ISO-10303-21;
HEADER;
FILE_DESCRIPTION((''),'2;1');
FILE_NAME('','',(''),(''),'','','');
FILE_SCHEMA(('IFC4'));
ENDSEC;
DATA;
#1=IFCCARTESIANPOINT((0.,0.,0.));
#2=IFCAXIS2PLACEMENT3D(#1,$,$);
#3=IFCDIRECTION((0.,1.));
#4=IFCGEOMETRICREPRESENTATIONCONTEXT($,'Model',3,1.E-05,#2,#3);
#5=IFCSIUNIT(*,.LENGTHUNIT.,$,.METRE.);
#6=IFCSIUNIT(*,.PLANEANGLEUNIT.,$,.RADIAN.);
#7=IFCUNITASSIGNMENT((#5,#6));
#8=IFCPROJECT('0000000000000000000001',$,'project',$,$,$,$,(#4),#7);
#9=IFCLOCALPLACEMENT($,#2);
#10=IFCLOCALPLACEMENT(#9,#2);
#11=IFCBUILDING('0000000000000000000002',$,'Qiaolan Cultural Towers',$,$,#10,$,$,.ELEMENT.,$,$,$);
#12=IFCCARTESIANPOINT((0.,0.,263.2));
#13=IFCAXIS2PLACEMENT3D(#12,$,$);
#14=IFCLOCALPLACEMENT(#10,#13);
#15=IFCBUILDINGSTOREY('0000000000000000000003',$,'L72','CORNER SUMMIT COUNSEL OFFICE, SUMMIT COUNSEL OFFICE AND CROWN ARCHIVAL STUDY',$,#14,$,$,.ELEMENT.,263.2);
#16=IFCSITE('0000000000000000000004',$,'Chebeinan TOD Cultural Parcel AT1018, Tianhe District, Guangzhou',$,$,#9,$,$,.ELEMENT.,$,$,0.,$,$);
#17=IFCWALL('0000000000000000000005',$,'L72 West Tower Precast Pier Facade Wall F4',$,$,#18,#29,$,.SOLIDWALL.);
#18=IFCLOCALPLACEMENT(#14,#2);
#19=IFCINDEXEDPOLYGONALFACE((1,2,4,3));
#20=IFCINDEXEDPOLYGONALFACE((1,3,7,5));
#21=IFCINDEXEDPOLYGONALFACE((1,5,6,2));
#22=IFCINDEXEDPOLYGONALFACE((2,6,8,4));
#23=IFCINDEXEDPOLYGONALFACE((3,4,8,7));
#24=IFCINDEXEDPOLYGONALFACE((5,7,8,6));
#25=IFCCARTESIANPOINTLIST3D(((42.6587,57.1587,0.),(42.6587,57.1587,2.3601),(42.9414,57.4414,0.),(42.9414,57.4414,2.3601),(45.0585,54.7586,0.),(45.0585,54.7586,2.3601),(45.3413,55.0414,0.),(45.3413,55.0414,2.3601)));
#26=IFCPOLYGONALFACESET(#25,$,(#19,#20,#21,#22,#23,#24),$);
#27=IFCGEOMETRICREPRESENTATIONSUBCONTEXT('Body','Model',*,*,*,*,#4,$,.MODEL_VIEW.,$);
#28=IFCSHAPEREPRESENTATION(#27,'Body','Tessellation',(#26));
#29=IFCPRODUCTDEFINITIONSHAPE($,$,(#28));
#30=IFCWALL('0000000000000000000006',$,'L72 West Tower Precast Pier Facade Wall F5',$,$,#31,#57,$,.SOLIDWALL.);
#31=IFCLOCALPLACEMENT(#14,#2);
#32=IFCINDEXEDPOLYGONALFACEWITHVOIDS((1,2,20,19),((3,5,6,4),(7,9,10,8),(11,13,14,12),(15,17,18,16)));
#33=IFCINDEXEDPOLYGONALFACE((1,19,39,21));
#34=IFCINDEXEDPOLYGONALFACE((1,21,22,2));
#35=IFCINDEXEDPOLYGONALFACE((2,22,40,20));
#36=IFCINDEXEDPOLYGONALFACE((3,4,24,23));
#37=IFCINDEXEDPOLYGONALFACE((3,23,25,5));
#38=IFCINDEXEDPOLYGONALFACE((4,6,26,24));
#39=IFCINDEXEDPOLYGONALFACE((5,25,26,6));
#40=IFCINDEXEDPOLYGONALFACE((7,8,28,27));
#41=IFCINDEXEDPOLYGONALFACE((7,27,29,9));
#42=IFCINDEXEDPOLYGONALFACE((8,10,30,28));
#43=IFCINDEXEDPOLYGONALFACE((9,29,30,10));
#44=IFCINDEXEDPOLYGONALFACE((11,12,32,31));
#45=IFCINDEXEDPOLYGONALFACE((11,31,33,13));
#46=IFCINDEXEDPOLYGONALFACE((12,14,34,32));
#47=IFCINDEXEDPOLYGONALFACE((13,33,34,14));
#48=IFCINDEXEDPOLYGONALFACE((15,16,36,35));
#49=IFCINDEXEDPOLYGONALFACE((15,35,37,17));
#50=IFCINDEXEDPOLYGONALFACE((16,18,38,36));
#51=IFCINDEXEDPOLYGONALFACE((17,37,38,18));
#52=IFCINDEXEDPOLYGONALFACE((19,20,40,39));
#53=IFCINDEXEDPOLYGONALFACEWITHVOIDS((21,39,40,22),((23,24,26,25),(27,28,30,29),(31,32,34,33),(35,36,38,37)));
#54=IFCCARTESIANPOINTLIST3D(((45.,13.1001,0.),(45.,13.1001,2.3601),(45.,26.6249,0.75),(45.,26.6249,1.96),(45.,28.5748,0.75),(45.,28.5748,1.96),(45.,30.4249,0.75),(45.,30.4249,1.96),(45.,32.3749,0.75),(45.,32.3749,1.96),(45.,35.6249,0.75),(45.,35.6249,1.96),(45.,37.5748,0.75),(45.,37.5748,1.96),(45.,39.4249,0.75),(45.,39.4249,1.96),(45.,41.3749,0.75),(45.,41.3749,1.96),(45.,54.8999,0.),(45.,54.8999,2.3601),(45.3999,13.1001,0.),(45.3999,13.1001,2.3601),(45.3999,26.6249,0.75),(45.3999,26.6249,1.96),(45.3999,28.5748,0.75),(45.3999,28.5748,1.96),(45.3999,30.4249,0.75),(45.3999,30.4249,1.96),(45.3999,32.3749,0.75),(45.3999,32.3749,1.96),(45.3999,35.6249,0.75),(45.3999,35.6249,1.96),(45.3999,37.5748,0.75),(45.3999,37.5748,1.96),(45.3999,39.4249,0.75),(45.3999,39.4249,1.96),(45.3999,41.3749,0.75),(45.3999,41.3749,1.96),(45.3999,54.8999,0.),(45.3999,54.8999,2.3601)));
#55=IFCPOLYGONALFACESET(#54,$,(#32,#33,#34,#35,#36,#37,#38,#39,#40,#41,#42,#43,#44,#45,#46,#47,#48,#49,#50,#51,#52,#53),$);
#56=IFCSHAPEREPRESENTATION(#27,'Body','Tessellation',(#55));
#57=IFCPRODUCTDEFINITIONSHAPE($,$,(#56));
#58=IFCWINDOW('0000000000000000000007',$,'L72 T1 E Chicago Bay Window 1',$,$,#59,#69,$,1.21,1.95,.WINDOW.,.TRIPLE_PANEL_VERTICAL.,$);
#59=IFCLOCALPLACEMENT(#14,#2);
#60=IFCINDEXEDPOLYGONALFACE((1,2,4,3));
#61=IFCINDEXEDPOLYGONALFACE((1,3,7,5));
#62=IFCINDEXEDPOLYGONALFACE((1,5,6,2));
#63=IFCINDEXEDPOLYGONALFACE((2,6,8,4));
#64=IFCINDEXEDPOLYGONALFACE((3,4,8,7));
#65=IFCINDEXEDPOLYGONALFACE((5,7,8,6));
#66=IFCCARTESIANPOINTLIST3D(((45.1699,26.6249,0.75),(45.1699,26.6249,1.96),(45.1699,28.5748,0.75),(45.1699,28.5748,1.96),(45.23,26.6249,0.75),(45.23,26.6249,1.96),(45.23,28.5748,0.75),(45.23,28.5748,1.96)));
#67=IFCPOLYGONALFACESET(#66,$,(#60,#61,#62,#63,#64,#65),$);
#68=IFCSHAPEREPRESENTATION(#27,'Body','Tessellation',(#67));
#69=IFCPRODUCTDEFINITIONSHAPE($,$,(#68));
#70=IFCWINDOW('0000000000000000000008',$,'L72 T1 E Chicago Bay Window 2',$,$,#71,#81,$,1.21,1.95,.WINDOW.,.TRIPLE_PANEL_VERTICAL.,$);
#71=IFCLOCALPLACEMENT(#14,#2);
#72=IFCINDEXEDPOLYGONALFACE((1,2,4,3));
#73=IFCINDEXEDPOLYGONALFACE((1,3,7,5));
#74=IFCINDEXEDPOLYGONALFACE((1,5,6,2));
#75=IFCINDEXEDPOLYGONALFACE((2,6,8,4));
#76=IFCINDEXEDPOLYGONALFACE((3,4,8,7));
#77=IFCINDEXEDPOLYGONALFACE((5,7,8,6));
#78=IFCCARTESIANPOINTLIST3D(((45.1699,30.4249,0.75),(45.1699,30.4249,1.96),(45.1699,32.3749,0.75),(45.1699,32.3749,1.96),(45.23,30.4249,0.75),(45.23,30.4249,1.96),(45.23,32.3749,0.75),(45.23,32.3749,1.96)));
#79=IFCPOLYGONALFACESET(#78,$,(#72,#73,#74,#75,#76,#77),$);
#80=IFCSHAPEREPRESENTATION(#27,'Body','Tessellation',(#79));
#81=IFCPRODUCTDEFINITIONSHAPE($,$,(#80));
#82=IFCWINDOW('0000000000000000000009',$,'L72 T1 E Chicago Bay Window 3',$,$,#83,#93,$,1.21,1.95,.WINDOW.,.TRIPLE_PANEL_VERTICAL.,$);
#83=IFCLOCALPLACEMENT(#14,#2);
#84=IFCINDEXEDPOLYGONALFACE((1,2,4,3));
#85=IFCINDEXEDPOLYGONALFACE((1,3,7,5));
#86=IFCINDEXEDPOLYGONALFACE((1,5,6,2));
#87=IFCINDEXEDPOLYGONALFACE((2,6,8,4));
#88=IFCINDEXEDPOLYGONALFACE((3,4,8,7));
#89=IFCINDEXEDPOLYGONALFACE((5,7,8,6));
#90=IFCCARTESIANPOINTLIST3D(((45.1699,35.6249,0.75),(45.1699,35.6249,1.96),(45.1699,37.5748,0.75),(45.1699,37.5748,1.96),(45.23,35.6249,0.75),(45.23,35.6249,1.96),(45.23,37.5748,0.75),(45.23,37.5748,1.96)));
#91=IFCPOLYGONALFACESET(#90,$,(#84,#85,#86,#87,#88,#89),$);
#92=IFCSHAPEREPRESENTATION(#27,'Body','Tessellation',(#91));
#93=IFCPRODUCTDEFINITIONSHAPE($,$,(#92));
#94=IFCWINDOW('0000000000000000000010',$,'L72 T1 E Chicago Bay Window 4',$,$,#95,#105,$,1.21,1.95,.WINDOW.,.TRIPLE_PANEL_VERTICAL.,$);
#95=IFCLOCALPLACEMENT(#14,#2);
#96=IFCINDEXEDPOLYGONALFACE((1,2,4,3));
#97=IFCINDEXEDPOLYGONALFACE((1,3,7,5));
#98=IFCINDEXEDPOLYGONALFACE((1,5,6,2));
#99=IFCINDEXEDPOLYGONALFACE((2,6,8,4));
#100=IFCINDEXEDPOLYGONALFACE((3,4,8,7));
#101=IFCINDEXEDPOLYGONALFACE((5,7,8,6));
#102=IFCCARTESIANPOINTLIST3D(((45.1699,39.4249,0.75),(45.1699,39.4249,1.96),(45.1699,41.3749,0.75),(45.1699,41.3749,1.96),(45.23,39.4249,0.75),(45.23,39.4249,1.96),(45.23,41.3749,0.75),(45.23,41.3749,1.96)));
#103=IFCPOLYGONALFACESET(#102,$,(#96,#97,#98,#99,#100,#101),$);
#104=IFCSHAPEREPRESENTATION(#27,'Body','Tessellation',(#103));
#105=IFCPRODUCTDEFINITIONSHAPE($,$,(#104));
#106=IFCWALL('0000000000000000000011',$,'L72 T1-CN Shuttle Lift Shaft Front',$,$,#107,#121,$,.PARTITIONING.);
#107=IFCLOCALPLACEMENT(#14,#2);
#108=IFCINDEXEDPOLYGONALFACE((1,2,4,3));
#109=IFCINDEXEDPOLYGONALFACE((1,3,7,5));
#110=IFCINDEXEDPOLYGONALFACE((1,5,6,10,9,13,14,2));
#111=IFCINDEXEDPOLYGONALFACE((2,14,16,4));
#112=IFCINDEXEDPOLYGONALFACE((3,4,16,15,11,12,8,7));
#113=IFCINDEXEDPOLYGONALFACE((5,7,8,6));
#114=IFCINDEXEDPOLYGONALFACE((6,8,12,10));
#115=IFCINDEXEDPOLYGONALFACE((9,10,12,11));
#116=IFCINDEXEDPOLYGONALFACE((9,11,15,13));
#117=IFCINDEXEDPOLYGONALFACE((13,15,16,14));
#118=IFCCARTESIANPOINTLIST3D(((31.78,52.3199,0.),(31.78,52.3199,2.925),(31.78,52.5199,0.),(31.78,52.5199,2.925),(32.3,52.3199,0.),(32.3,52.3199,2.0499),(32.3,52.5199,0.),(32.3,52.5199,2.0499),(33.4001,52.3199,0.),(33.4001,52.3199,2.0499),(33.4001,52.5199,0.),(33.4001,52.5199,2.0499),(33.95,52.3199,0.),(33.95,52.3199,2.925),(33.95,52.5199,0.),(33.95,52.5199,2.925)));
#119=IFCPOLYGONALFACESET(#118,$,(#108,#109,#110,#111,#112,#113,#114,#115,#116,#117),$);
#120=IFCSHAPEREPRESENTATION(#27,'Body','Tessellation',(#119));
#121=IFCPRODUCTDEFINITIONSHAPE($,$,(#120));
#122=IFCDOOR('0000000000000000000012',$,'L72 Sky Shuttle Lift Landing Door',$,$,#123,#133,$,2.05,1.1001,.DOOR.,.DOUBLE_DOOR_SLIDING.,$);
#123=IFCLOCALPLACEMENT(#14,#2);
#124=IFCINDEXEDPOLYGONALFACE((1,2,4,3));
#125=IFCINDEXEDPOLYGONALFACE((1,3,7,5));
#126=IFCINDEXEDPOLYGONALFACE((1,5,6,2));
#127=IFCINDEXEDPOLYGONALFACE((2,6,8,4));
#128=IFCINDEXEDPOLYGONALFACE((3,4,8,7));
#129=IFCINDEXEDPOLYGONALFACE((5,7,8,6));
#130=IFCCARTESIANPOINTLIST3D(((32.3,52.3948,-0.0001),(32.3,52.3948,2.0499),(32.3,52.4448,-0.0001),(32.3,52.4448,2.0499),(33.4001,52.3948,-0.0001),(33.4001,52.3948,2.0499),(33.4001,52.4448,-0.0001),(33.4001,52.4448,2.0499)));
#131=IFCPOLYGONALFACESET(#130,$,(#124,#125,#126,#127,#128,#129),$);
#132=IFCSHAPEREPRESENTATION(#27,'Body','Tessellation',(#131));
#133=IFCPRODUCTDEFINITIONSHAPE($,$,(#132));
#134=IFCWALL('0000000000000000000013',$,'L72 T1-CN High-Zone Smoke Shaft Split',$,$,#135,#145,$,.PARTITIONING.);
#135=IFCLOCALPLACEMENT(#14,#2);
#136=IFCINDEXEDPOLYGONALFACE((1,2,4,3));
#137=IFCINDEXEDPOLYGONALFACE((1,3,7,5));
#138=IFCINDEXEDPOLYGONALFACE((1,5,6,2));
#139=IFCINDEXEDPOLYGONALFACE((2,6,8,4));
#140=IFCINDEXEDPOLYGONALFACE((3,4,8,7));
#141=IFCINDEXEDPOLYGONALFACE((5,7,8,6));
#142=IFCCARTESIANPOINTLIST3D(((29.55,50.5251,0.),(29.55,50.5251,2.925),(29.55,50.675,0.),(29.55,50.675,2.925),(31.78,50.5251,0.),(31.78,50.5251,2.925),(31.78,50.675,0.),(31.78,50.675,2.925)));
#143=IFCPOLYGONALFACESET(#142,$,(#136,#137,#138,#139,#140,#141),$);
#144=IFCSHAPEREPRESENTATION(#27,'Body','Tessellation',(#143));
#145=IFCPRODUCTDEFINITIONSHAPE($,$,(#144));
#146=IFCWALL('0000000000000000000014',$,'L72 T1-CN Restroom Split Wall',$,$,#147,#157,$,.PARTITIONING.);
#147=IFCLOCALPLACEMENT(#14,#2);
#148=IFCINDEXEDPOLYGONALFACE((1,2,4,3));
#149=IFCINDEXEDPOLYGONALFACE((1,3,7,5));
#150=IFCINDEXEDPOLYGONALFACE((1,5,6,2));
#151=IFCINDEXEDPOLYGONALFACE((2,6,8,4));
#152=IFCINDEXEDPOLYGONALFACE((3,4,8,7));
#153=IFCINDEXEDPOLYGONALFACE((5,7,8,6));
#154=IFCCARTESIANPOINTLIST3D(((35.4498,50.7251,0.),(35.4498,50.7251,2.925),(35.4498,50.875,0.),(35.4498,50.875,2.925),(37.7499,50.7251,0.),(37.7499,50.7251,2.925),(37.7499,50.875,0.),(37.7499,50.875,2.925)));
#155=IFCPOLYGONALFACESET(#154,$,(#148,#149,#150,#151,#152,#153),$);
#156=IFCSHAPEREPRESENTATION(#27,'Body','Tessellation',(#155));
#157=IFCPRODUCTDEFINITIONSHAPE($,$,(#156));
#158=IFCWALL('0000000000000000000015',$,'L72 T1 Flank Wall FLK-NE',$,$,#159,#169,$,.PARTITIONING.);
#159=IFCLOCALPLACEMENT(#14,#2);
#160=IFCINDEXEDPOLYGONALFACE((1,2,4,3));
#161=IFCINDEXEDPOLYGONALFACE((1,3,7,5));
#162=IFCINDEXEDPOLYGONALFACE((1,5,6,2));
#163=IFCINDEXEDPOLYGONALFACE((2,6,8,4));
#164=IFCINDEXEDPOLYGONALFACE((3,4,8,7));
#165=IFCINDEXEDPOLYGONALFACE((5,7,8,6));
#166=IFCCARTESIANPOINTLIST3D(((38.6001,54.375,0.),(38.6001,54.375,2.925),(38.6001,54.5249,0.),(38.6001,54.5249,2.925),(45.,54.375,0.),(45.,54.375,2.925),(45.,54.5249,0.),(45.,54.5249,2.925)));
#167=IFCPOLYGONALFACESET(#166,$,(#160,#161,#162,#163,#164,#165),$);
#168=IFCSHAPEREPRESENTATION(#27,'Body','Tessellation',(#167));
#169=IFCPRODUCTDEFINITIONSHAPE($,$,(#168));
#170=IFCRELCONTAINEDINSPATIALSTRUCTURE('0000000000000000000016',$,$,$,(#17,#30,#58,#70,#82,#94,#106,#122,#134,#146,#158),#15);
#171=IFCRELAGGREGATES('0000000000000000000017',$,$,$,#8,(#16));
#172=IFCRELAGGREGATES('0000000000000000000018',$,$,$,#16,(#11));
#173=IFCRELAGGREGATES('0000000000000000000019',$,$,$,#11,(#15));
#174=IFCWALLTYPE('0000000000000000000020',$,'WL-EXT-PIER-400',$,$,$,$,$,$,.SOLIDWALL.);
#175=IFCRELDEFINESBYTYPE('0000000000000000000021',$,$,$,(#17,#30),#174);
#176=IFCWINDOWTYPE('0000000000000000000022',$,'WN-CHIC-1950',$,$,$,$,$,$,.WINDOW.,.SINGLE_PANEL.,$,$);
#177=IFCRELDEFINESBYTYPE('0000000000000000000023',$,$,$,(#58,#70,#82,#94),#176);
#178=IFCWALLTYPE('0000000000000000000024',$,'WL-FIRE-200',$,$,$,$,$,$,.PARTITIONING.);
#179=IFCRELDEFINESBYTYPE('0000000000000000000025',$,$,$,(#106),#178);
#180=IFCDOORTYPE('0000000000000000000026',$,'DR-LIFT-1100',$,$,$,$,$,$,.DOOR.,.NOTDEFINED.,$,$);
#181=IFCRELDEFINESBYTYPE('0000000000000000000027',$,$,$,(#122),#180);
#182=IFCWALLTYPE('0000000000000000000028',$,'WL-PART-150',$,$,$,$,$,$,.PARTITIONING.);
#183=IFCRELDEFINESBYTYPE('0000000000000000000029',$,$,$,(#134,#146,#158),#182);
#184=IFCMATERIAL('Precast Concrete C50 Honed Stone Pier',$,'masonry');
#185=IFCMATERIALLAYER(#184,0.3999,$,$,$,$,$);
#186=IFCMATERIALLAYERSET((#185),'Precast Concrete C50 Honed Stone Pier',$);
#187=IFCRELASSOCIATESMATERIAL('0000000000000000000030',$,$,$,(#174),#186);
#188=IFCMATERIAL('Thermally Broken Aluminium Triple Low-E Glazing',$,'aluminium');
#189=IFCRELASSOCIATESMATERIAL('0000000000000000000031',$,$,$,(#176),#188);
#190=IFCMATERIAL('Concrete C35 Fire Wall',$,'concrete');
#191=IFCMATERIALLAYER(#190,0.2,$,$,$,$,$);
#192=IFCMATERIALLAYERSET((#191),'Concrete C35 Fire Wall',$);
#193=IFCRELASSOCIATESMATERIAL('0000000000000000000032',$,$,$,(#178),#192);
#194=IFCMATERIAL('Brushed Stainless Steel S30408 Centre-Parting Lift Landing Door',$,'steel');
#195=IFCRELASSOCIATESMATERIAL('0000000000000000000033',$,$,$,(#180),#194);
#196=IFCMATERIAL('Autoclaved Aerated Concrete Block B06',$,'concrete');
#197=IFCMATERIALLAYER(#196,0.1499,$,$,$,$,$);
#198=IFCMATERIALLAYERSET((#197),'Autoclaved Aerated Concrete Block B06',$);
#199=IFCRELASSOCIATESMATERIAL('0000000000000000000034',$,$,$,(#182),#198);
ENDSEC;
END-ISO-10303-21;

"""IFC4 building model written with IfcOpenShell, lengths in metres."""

from ifc_helpers import new_model, si_unit, direction, frame, frame_2d, origin, place, context, subcontext, project, spatial, rectangle, extrude, material, layer, layer_set, type_object, element, fill, save


model = new_model("IFC4")

# Units and contexts
model_context = context("Model", 3, precision=1e-05, world=origin(), true_north=direction((0.0, 1.0)))
body_context = subcontext(model_context, "Body", "Model", "MODEL_VIEW")
ifc_project = project(units=[si_unit("LENGTHUNIT", "METRE"), si_unit("PLANEANGLEUNIT", "RADIAN")], contexts=[model_context])

# Site, building, storey
site_placement = place(None, origin())
site = spatial("IfcSite", under=ifc_project, at=site_placement, Name="Chebeinan TOD Cultural Parcel AT1018, Tianhe District, Guangzhou", CompositionType="ELEMENT", RefElevation=0.0)
building_placement = place(site_placement, origin())
building = spatial("IfcBuilding", under=site, at=building_placement, Name="Qiaolan Cultural Towers", CompositionType="ELEMENT")
storey_placement = place(building_placement, frame((0.0, 0.0, 263.2)))
storey = spatial("IfcBuildingStorey", under=building, at=storey_placement, Name="L72", Description="CORNER SUMMIT COUNSEL OFFICE, SUMMIT COUNSEL OFFICE AND CROWN ARCHIVAL STUDY", CompositionType="ELEMENT", Elevation=263.2)

# Wall
ifc_material_1 = material(Name="Precast Concrete C50 Honed Stone Pier", Category="masonry")
ifc_layer_1 = layer(ifc_material_1, 0.3999)
ifc_layer_set_1 = layer_set([ifc_layer_1], Name="Precast Concrete C50 Honed Stone Pier")
wall_type_1 = type_object("IfcWallType", Name="WL-EXT-PIER-400", PredefinedType="SOLIDWALL", material=ifc_layer_set_1)
wall_1_placement = place(storey_placement, frame((42.8, 57.3, 0.0), z_axis=(0.0, 0.0, 1.0), x_axis=(0.707071, -0.707143, 0.0)))
element("IfcWall", 1, at=wall_1_placement, inside=storey, type_object=wall_type_1, Name="L72 West Tower Precast Pier Facade Wall F4", PredefinedType="SOLIDWALL", context=body_context, shape_type="SweptSolid", body=[
    extrude(rectangle(XDim=3.394, YDim=0.3999, at=frame_2d((1.697, 0.0))), origin(), (0.0, 0.0, 1.0), 2.3601),
])

# Wall, openings, windows
wall_2_placement = place(storey_placement, frame((45.2, 54.8999, 0.0), z_axis=(0.0, 0.0, 1.0), x_axis=(0.0, -1.0, 0.0)))
wall_2 = element("IfcWall", 2, at=wall_2_placement, inside=storey, type_object=wall_type_1, Name="L72 West Tower Precast Pier Facade Wall F5", PredefinedType="SOLIDWALL", context=body_context, shape_type="SweptSolid", body=[
    extrude(rectangle(XDim=41.7998, YDim=0.3999, at=frame_2d((20.8999, 0.0))), origin(), (0.0, 0.0, 1.0), 2.3601),
])
opening_1_placement = place(wall_2_placement, frame((26.325, 0.0, 0.75)))
opening_1 = element("IfcOpeningElement", 3, at=opening_1_placement, cuts=wall_2, PredefinedType="OPENING", context=body_context, shape_type="SweptSolid", body=[
    extrude(rectangle(XDim=1.95, YDim=1.21, at=frame_2d((0.9751, 0.605))), frame((0.0, 0.21, 0.0), z_axis=(0.0, -1.0, 0.0), x_axis=(1.0, 0.0, 0.0)), (0.0, 0.0, 1.0), 0.4199),
])
opening_2_placement = place(wall_2_placement, frame((22.5249, 0.0, 0.75)))
opening_2 = element("IfcOpeningElement", 4, at=opening_2_placement, cuts=wall_2, PredefinedType="OPENING", context=body_context, shape_type="SweptSolid", body=[
    extrude(rectangle(XDim=1.95, YDim=1.21, at=frame_2d((0.9751, 0.605))), frame((0.0, 0.21, 0.0), z_axis=(0.0, -1.0, 0.0), x_axis=(1.0, 0.0, 0.0)), (0.0, 0.0, 1.0), 0.4199),
])
opening_3_placement = place(wall_2_placement, frame((17.325, 0.0, 0.75)))
opening_3 = element("IfcOpeningElement", 5, at=opening_3_placement, cuts=wall_2, PredefinedType="OPENING", context=body_context, shape_type="SweptSolid", body=[
    extrude(rectangle(XDim=1.95, YDim=1.21, at=frame_2d((0.9751, 0.605))), frame((0.0, 0.21, 0.0), z_axis=(0.0, -1.0, 0.0), x_axis=(1.0, 0.0, 0.0)), (0.0, 0.0, 1.0), 0.4199),
])
opening_4_placement = place(wall_2_placement, frame((13.5249, 0.0, 0.75)))
opening_4 = element("IfcOpeningElement", 6, at=opening_4_placement, cuts=wall_2, PredefinedType="OPENING", context=body_context, shape_type="SweptSolid", body=[
    extrude(rectangle(XDim=1.95, YDim=1.21, at=frame_2d((0.9751, 0.605))), frame((0.0, 0.21, 0.0), z_axis=(0.0, -1.0, 0.0), x_axis=(1.0, 0.0, 0.0)), (0.0, 0.0, 1.0), 0.4199),
])
ifc_material_2 = material(Name="Thermally Broken Aluminium Triple Low-E Glazing", Category="aluminium")
window_type = type_object("IfcWindowType", Name="WN-CHIC-1950", PartitioningType="SINGLE_PANEL", PredefinedType="WINDOW", material=ifc_material_2)
window_1_placement = place(opening_1_placement, origin())
window_1 = element("IfcWindow", 7, at=window_1_placement, inside=storey, type_object=window_type, Name="L72 T1 E Chicago Bay Window 1", OverallHeight=1.21, OverallWidth=1.95, PartitioningType="TRIPLE_PANEL_VERTICAL", PredefinedType="WINDOW", context=body_context, shape_type="SweptSolid", body=[
    extrude(rectangle(XDim=1.95, YDim=1.21, at=frame_2d((0.9751, 0.605))), frame((0.0, 0.03, 0.0), z_axis=(0.0, -1.0, 0.0), x_axis=(1.0, 0.0, 0.0)), (0.0, 0.0, 1.0), 0.0601),
])
fill(opening_1, window_1)
window_2_placement = place(opening_2_placement, origin())
window_2 = element("IfcWindow", 8, at=window_2_placement, inside=storey, type_object=window_type, Name="L72 T1 E Chicago Bay Window 2", OverallHeight=1.21, OverallWidth=1.95, PartitioningType="TRIPLE_PANEL_VERTICAL", PredefinedType="WINDOW", context=body_context, shape_type="SweptSolid", body=[
    extrude(rectangle(XDim=1.95, YDim=1.21, at=frame_2d((0.9751, 0.605))), frame((0.0, 0.03, 0.0), z_axis=(0.0, -1.0, 0.0), x_axis=(1.0, 0.0, 0.0)), (0.0, 0.0, 1.0), 0.0601),
])
fill(opening_2, window_2)
window_3_placement = place(opening_3_placement, origin())
window_3 = element("IfcWindow", 9, at=window_3_placement, inside=storey, type_object=window_type, Name="L72 T1 E Chicago Bay Window 3", OverallHeight=1.21, OverallWidth=1.95, PartitioningType="TRIPLE_PANEL_VERTICAL", PredefinedType="WINDOW", context=body_context, shape_type="SweptSolid", body=[
    extrude(rectangle(XDim=1.95, YDim=1.21, at=frame_2d((0.9751, 0.605))), frame((0.0, 0.03, 0.0), z_axis=(0.0, -1.0, 0.0), x_axis=(1.0, 0.0, 0.0)), (0.0, 0.0, 1.0), 0.0601),
])
fill(opening_3, window_3)
window_4_placement = place(opening_4_placement, origin())
window_4 = element("IfcWindow", 10, at=window_4_placement, inside=storey, type_object=window_type, Name="L72 T1 E Chicago Bay Window 4", OverallHeight=1.21, OverallWidth=1.95, PartitioningType="TRIPLE_PANEL_VERTICAL", PredefinedType="WINDOW", context=body_context, shape_type="SweptSolid", body=[
    extrude(rectangle(XDim=1.95, YDim=1.21, at=frame_2d((0.9751, 0.605))), frame((0.0, 0.03, 0.0), z_axis=(0.0, -1.0, 0.0), x_axis=(1.0, 0.0, 0.0)), (0.0, 0.0, 1.0), 0.0601),
])
fill(opening_4, window_4)

# Wall, opening, door
ifc_material_3 = material(Name="Concrete C35 Fire Wall", Category="concrete")
ifc_layer_2 = layer(ifc_material_3, 0.2)
ifc_layer_set_2 = layer_set([ifc_layer_2], Name="Concrete C35 Fire Wall")
wall_type_2 = type_object("IfcWallType", Name="WL-FIRE-200", PredefinedType="PARTITIONING", material=ifc_layer_set_2)
wall_3_placement = place(storey_placement, frame((31.78, 52.4199, 0.0), z_axis=(0.0, 0.0, 1.0), x_axis=(1.0, 0.0, 0.0)))
wall_3 = element("IfcWall", 11, at=wall_3_placement, inside=storey, type_object=wall_type_2, Name="L72 T1-CN Shuttle Lift Shaft Front", PredefinedType="PARTITIONING", context=body_context, shape_type="SweptSolid", body=[
    extrude(rectangle(XDim=2.1699, YDim=0.2, at=frame_2d((1.085, 0.0))), origin(), (0.0, 0.0, 1.0), 2.925),
])
opening_5_placement = place(wall_3_placement, frame((0.52, 0.0, 0.0)))
opening_5 = element("IfcOpeningElement", 12, at=opening_5_placement, cuts=wall_3, PredefinedType="OPENING", context=body_context, shape_type="SweptSolid", body=[
    extrude(rectangle(XDim=1.1001, YDim=2.05, at=frame_2d((0.55, 1.0249))), frame((0.0, 0.1099, 0.0), z_axis=(0.0, -1.0, 0.0), x_axis=(1.0, 0.0, 0.0)), (0.0, 0.0, 1.0), 0.22),
])
ifc_material_4 = material(Name="Brushed Stainless Steel S30408 Centre-Parting Lift Landing Door", Category="steel")
door_type = type_object("IfcDoorType", Name="DR-LIFT-1100", OperationType="NOTDEFINED", PredefinedType="DOOR", material=ifc_material_4)
door_placement = place(opening_5_placement, origin())
door = element("IfcDoor", 13, at=door_placement, inside=storey, type_object=door_type, Name="L72 Sky Shuttle Lift Landing Door", OperationType="DOUBLE_DOOR_SLIDING", OverallHeight=2.05, OverallWidth=1.1001, PredefinedType="DOOR", context=body_context, shape_type="SweptSolid", body=[
    extrude(rectangle(XDim=1.1001, YDim=2.05, at=frame_2d((0.55, 1.0249))), frame((0.0, 0.0249, 0.0), z_axis=(0.0, -1.0, 0.0), x_axis=(1.0, 0.0, 0.0)), (0.0, 0.0, 1.0), 0.05),
])
fill(opening_5, door)

# Walls
ifc_material_5 = material(Name="Autoclaved Aerated Concrete Block B06", Category="concrete")
ifc_layer_3 = layer(ifc_material_5, 0.1499)
ifc_layer_set_3 = layer_set([ifc_layer_3], Name="Autoclaved Aerated Concrete Block B06")
wall_type_3 = type_object("IfcWallType", Name="WL-PART-150", PredefinedType="PARTITIONING", material=ifc_layer_set_3)
wall_4_placement = place(storey_placement, frame((29.55, 50.6001, 0.0), z_axis=(0.0, 0.0, 1.0), x_axis=(1.0, 0.0, 0.0)))
element("IfcWall", 14, at=wall_4_placement, inside=storey, type_object=wall_type_3, Name="L72 T1-CN High-Zone Smoke Shaft Split", PredefinedType="PARTITIONING", context=body_context, shape_type="SweptSolid", body=[
    extrude(rectangle(XDim=2.23, YDim=0.1499, at=frame_2d((1.115, 0.0))), origin(), (0.0, 0.0, 1.0), 2.925),
])
wall_5_placement = place(storey_placement, frame((35.45, 50.8, 0.0), z_axis=(0.0, 0.0, 1.0), x_axis=(1.0, 0.0, 0.0)))
element("IfcWall", 15, at=wall_5_placement, inside=storey, type_object=wall_type_3, Name="L72 T1-CN Restroom Split Wall", PredefinedType="PARTITIONING", context=body_context, shape_type="SweptSolid", body=[
    extrude(rectangle(XDim=2.3, YDim=0.1499, at=frame_2d((1.1499, 0.0))), origin(), (0.0, 0.0, 1.0), 2.925),
])
wall_6_placement = place(storey_placement, frame((38.6001, 54.45, 0.0), z_axis=(0.0, 0.0, 1.0), x_axis=(1.0, 0.0, 0.0)))
element("IfcWall", 16, at=wall_6_placement, inside=storey, type_object=wall_type_3, Name="L72 T1 Flank Wall FLK-NE", PredefinedType="PARTITIONING", context=body_context, shape_type="SweptSolid", body=[
    extrude(rectangle(XDim=6.3999, YDim=0.1499, at=frame_2d((3.2, 0.0))), origin(), (0.0, 0.0, 1.0), 2.925),
])

save(model, "model.ifc")
